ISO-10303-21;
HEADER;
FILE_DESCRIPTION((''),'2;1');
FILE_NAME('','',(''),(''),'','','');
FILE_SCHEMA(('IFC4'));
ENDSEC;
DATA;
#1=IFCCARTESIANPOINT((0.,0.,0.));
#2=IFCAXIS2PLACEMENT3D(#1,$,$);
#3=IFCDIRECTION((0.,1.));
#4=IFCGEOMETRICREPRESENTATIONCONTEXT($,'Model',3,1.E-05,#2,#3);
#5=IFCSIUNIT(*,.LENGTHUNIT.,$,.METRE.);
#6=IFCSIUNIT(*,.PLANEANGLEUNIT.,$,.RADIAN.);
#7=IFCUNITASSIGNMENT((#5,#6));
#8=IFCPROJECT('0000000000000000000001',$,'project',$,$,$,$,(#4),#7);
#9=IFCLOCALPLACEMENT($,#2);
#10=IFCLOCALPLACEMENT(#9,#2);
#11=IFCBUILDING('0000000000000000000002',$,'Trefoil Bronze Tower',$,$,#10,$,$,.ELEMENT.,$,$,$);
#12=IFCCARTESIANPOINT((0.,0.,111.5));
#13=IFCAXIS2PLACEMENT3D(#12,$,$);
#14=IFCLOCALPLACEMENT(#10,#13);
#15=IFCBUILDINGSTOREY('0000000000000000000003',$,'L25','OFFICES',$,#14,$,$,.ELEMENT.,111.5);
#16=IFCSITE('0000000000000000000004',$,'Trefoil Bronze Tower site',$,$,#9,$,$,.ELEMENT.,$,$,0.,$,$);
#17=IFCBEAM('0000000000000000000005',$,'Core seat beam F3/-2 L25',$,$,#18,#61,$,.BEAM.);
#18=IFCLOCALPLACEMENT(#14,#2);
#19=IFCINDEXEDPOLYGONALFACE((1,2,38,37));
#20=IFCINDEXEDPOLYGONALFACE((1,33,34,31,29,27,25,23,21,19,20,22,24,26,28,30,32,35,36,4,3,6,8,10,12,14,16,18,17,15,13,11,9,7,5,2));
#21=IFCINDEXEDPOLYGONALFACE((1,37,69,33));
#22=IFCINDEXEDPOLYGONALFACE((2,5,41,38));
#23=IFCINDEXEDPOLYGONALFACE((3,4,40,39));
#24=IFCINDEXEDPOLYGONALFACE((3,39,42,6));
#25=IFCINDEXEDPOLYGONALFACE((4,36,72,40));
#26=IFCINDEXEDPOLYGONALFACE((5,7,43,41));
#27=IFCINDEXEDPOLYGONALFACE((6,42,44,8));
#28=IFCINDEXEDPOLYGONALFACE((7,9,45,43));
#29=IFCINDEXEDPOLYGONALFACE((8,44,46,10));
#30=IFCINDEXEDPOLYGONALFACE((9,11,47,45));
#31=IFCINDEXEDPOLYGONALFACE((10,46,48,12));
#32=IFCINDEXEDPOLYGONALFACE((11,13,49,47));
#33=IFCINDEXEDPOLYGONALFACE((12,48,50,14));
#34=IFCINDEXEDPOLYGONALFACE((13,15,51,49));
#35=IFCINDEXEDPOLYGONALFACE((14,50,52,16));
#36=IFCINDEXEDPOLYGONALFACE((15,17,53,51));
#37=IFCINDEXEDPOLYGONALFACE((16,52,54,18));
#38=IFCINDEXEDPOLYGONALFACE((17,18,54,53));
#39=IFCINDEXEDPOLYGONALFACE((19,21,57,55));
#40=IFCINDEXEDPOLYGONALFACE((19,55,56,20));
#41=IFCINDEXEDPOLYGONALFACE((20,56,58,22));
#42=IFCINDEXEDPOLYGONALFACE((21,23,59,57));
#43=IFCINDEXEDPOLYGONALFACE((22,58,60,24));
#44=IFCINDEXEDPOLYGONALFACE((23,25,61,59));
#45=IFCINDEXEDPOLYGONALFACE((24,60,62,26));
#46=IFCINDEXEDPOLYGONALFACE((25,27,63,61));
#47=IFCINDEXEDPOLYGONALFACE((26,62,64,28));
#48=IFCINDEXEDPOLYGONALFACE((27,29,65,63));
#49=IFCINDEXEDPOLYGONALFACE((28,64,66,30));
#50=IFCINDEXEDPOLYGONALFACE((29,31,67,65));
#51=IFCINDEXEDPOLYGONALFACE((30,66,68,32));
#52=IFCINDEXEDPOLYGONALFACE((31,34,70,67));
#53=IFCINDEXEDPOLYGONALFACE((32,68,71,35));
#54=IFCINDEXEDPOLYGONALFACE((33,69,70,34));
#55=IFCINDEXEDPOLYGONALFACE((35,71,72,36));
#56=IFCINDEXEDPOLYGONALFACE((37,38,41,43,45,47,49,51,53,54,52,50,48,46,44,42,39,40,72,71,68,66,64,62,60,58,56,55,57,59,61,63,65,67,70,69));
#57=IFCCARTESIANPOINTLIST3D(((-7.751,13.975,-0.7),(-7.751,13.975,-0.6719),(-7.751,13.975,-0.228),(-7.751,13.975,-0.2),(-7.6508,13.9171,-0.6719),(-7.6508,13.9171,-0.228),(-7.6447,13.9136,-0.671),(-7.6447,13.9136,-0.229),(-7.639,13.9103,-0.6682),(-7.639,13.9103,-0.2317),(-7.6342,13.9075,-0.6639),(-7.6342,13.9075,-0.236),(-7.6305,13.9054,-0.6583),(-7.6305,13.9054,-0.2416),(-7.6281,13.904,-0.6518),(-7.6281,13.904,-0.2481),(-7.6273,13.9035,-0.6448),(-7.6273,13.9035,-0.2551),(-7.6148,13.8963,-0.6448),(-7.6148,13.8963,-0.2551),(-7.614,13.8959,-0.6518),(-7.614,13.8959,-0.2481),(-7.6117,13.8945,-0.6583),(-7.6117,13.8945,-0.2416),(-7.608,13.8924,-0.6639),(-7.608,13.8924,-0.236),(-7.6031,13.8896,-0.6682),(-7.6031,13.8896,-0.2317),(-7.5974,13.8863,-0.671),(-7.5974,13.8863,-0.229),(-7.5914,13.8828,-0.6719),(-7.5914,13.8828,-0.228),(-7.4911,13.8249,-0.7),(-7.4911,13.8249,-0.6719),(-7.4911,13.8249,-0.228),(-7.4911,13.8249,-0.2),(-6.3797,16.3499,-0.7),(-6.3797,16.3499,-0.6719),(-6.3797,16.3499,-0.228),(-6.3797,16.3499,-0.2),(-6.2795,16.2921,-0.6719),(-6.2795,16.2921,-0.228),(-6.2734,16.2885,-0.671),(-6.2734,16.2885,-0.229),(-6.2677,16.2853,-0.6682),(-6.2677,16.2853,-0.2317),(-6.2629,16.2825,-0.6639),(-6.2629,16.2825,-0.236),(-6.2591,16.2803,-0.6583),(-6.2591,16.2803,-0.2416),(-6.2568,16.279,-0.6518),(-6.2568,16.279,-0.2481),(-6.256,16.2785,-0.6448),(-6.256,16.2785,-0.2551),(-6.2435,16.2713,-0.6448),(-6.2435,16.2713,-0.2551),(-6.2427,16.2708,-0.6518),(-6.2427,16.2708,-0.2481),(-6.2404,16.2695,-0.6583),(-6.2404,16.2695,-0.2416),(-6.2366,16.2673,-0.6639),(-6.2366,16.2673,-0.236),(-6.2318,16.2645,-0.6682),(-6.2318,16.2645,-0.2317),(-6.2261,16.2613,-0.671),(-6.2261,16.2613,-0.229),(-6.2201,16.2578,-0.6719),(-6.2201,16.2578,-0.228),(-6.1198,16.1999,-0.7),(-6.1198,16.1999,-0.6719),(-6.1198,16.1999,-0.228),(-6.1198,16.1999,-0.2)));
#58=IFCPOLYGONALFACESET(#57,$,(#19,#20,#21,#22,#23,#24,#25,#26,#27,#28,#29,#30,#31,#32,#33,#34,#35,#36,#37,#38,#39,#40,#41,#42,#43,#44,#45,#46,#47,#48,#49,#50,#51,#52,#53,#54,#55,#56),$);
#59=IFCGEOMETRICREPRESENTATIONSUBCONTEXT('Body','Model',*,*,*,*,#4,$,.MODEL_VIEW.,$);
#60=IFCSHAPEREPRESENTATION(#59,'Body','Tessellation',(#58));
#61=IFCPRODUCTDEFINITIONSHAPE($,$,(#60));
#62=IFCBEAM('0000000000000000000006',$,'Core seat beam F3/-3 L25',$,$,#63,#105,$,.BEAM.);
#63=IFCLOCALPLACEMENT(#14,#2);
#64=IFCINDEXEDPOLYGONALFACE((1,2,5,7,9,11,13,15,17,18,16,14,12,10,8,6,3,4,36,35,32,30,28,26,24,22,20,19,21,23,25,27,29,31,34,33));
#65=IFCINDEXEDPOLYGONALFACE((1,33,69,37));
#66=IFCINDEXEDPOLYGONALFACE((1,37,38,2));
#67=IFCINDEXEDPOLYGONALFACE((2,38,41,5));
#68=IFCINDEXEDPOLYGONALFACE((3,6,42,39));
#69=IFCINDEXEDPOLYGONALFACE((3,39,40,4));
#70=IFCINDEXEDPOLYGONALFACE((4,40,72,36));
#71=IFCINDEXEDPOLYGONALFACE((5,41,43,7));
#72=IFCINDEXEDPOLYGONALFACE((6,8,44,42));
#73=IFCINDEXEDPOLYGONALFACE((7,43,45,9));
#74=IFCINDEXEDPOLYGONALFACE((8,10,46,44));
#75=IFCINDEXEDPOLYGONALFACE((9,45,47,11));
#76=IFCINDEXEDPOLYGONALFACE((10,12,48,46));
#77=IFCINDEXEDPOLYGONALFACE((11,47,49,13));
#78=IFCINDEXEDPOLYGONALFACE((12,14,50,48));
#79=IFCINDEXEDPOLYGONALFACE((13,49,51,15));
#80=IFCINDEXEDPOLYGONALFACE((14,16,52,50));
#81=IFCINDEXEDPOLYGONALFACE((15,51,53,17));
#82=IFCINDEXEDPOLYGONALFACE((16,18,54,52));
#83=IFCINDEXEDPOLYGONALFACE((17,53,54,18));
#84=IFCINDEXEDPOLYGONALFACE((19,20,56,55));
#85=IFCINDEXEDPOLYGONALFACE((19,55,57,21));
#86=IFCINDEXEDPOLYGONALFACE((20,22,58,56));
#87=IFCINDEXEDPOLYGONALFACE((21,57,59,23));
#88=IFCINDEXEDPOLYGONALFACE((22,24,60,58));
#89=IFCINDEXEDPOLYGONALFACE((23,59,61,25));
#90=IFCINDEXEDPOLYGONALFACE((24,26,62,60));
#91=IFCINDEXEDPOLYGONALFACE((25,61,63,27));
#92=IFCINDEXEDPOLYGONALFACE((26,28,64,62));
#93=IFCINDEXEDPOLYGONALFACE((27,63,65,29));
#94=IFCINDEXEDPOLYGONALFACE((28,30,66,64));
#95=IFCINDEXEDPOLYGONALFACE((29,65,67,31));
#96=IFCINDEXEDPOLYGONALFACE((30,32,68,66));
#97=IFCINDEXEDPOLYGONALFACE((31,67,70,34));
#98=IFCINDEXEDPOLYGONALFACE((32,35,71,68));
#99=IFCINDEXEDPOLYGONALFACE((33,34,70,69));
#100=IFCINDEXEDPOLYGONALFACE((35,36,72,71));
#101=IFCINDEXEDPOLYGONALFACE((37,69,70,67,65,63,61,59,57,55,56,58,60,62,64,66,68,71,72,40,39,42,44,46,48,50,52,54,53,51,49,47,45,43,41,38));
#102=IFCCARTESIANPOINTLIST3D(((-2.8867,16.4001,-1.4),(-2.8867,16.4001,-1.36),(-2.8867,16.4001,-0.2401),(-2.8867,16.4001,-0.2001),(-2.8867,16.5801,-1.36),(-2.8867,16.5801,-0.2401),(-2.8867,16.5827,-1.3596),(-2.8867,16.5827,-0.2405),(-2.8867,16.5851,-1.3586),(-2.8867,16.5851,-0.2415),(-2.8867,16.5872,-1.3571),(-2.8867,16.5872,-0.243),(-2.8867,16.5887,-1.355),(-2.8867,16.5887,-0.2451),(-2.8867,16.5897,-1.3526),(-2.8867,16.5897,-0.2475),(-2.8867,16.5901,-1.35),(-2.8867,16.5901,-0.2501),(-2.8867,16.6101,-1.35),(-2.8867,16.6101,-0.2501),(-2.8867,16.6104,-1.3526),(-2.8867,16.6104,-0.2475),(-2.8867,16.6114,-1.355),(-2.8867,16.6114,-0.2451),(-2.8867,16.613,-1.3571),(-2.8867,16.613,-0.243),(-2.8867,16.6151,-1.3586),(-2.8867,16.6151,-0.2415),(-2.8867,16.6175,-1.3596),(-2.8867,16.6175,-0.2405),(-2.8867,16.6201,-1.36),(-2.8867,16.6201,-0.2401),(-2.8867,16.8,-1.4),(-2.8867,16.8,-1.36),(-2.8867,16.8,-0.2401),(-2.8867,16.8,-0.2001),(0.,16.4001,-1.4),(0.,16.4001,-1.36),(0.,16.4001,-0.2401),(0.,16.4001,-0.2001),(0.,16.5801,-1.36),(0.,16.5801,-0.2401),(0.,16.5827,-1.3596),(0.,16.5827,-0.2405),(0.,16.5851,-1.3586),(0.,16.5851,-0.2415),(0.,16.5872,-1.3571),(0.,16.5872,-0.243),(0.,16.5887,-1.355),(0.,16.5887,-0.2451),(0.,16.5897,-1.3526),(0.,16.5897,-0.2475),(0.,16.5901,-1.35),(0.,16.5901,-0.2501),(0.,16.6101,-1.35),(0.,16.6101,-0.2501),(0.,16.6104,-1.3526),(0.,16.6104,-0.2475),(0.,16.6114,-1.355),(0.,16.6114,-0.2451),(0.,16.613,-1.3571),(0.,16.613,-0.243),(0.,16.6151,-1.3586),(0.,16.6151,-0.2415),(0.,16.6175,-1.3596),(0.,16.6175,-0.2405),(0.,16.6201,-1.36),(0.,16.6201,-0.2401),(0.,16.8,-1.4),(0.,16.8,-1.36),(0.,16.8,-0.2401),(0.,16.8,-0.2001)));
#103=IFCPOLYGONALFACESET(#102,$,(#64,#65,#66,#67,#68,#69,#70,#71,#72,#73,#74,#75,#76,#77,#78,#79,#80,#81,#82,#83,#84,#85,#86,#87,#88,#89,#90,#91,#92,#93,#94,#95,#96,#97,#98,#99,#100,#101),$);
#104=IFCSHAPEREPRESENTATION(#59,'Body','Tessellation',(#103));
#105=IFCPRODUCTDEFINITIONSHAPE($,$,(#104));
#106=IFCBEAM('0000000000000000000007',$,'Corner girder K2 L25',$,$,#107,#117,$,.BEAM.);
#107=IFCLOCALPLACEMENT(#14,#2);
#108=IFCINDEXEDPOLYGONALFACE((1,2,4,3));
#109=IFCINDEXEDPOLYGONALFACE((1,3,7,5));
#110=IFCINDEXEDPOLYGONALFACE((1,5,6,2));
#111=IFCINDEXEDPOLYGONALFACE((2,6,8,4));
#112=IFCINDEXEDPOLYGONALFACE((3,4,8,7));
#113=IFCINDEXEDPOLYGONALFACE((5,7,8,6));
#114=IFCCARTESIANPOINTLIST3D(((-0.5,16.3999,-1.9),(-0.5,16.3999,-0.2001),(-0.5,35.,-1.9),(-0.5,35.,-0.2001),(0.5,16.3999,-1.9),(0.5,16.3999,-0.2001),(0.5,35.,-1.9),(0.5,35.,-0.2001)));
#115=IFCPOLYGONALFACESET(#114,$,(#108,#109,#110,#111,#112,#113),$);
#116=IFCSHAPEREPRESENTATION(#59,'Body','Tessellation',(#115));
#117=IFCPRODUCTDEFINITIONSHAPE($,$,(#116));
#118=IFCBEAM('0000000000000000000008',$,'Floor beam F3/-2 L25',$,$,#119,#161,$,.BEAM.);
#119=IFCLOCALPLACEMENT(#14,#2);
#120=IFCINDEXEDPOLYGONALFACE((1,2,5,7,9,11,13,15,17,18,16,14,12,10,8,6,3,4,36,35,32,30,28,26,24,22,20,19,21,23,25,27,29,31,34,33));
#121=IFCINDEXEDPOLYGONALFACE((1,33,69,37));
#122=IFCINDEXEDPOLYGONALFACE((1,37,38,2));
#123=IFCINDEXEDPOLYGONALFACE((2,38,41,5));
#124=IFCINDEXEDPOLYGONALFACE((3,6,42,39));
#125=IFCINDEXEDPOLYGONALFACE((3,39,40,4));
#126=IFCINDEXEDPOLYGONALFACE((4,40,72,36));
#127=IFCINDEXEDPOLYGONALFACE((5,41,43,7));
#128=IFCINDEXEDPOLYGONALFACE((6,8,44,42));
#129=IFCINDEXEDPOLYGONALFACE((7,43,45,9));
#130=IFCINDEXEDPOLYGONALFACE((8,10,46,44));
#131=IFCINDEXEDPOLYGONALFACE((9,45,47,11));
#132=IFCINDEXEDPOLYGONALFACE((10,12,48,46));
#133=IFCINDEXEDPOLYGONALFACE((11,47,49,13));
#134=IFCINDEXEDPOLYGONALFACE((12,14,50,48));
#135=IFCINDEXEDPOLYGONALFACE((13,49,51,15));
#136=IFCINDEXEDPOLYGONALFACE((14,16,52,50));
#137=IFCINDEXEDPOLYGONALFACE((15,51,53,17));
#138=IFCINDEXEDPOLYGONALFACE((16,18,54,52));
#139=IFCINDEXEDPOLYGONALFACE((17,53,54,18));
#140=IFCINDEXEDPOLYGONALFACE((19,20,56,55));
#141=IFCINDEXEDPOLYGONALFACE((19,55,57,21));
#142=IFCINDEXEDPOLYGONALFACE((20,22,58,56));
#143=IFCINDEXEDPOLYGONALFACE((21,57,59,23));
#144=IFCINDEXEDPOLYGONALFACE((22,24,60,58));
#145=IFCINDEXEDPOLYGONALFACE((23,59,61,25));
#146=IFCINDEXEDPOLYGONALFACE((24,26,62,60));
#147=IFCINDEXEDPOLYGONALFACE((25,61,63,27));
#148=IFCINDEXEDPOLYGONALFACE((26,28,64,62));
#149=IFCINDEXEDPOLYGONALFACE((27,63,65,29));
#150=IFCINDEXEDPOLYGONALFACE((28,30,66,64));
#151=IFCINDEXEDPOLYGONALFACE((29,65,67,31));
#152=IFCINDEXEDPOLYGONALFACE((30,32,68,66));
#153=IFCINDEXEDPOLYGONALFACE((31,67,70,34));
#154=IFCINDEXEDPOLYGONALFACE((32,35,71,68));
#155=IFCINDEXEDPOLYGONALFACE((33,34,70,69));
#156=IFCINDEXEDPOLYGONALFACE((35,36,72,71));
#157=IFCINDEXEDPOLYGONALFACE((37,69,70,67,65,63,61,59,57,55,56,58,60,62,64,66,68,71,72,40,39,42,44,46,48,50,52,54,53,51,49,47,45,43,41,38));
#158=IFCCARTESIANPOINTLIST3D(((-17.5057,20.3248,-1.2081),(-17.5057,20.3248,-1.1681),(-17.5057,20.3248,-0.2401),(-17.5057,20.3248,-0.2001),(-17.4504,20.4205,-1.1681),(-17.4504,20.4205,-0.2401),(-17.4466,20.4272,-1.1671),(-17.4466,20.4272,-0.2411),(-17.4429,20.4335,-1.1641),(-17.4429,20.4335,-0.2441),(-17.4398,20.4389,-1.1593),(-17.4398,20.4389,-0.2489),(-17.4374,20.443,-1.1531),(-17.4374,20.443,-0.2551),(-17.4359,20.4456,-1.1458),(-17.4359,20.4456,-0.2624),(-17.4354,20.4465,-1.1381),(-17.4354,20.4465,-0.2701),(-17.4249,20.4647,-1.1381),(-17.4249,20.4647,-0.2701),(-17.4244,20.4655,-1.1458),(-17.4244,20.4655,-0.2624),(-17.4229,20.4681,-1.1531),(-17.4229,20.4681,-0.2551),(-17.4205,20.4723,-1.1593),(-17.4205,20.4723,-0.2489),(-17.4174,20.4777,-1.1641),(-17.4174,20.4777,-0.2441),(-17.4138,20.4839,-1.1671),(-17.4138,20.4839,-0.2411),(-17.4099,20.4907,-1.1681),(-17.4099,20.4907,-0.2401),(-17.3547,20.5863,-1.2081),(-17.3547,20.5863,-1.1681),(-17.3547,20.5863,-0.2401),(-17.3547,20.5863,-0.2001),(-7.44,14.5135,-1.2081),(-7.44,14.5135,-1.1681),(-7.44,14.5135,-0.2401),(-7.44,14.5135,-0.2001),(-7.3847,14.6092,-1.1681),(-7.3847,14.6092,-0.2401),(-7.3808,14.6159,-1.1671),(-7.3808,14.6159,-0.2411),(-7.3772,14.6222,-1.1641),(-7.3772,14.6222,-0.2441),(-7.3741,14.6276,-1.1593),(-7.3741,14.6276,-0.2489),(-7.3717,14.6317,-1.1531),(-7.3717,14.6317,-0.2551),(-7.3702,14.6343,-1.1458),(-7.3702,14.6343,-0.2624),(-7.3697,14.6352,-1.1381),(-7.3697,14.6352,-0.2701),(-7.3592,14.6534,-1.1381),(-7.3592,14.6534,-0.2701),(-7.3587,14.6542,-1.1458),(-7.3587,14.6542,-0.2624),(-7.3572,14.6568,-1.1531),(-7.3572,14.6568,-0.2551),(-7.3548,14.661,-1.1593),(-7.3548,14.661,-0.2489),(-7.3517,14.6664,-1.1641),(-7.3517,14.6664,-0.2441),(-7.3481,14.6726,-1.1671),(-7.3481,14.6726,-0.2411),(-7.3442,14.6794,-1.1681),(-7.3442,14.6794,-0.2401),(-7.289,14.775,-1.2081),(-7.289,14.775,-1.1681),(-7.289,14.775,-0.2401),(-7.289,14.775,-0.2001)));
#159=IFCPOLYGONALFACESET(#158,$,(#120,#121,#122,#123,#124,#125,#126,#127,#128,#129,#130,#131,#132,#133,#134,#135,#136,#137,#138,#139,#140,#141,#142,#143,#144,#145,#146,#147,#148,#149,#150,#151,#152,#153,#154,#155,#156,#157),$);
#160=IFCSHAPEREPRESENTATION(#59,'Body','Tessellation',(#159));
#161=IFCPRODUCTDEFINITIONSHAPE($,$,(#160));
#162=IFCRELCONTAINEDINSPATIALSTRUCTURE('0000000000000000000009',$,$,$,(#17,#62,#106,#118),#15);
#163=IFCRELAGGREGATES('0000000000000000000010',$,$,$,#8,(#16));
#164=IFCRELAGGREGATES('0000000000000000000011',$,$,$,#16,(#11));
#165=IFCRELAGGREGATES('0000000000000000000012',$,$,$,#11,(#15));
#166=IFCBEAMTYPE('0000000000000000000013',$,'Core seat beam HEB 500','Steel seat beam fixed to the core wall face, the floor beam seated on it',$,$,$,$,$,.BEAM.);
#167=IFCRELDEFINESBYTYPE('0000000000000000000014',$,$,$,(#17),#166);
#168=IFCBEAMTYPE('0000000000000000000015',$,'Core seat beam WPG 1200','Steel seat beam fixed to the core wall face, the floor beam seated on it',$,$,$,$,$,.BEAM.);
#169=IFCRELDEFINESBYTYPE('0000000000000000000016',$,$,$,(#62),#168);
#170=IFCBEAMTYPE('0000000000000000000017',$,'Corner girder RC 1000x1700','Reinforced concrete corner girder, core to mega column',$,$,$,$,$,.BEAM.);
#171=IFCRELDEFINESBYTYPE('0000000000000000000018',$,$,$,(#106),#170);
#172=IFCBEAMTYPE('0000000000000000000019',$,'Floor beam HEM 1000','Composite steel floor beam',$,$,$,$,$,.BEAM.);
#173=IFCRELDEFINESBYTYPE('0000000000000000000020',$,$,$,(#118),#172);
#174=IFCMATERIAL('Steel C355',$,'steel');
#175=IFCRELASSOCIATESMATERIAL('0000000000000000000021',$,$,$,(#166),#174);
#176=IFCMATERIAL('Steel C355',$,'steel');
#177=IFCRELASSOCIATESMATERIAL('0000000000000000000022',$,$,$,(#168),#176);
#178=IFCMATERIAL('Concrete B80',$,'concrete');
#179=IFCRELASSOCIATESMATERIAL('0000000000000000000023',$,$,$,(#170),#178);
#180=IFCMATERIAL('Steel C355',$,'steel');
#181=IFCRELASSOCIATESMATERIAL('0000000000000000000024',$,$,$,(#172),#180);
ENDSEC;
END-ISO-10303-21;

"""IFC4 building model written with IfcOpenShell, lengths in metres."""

from ifc_helpers import new_model, si_unit, direction, frame, origin, origin_2d, place, context, subcontext, project, spatial, rectangle, i_section, extrude, material, material_profile, profile_set, type_object, element, save


model = new_model("IFC4")

# Units and contexts
model_context = context("Model", 3, precision=1e-05, world=origin(), true_north=direction((0.0, 1.0)))
body_context = subcontext(model_context, "Body", "Model", "MODEL_VIEW")
ifc_project = project(units=[si_unit("LENGTHUNIT", "METRE"), si_unit("PLANEANGLEUNIT", "RADIAN")], contexts=[model_context])

# Site, building, storey
site_placement = place(None, origin())
site = spatial("IfcSite", under=ifc_project, at=site_placement, Name="Trefoil Bronze Tower site", CompositionType="ELEMENT", RefElevation=0.0)
building_placement = place(site_placement, origin())
building = spatial("IfcBuilding", under=site, at=building_placement, Name="Trefoil Bronze Tower", CompositionType="ELEMENT")
storey_placement = place(building_placement, frame((0.0, 0.0, 111.5)))
storey = spatial("IfcBuildingStorey", under=building, at=storey_placement, Name="L25", Description="OFFICES", CompositionType="ELEMENT", Elevation=111.5)

# Beams
ifc_material_1 = material(Name="Steel C355", Category="steel")
ifc_material_profile_1 = material_profile(ifc_material_1, i_section(OverallWidth=0.3, OverallDepth=0.5, WebThickness=0.0144, FlangeThickness=0.0281, FilletRadius=0.0271, at=origin_2d()), Name="HEB 500")
ifc_profile_set_1 = profile_set([ifc_material_profile_1], Name="Steel C355")
beam_type_1 = type_object("IfcBeamType", Name="Core seat beam HEB 500", Description="Steel seat beam fixed to the core wall face, the floor beam seated on it", PredefinedType="BEAM", material=ifc_profile_set_1)
beam_1_placement = place(storey_placement, frame((-6.2498, 16.2749, -0.45), z_axis=(-0.500036, -0.866005, 0.0), x_axis=(0.866005, -0.500036, 0.0)))
element("IfcBeam", 1, at=beam_1_placement, inside=storey, type_object=beam_type_1, Name="Core seat beam F3/-2 L25", PredefinedType="BEAM", context=body_context, shape_type="SweptSolid", body=[
    extrude(i_section(OverallWidth=0.3, OverallDepth=0.5, WebThickness=0.0144, FlangeThickness=0.0281, FilletRadius=0.0271, at=origin_2d()), origin(), (0.0, 0.0, 1.0), 2.7424),
])
ifc_material_2 = material(Name="Steel C355", Category="steel")
ifc_material_profile_2 = material_profile(ifc_material_2, i_section(OverallWidth=0.3999, OverallDepth=1.2, WebThickness=0.02, FlangeThickness=0.04, FilletRadius=0.01, at=origin_2d()), Name="WPG 1200")
ifc_profile_set_2 = profile_set([ifc_material_profile_2], Name="Steel C355")
beam_type_2 = type_object("IfcBeamType", Name="Core seat beam WPG 1200", Description="Steel seat beam fixed to the core wall face, the floor beam seated on it", PredefinedType="BEAM", material=ifc_profile_set_2)
beam_2_placement = place(storey_placement, frame((0.0, 16.6001, -0.8), z_axis=(-1.0, 0.0, 0.0), x_axis=(0.0, -1.0, 0.0)))
element("IfcBeam", 2, at=beam_2_placement, inside=storey, type_object=beam_type_2, Name="Core seat beam F3/-3 L25", PredefinedType="BEAM", context=body_context, shape_type="SweptSolid", body=[
    extrude(i_section(OverallWidth=0.3999, OverallDepth=1.2, WebThickness=0.02, FlangeThickness=0.04, FilletRadius=0.01, at=origin_2d()), origin(), (0.0, 0.0, 1.0), 2.8867),
])
ifc_material_3 = material(Name="Concrete B80", Category="concrete")
ifc_material_profile_3 = material_profile(ifc_material_3, rectangle(XDim=1.0, YDim=1.7, at=origin_2d()), Name="RC 1000x1700")
ifc_profile_set_3 = profile_set([ifc_material_profile_3], Name="Concrete B80")
beam_type_3 = type_object("IfcBeamType", Name="Corner girder RC 1000x1700", Description="Reinforced concrete corner girder, core to mega column", PredefinedType="BEAM", material=ifc_profile_set_3)
beam_3_placement = place(storey_placement, frame((0.0, 16.3999, -1.05), z_axis=(0.0, 1.0, 0.0), x_axis=(-1.0, 0.0, 0.0)))
element("IfcBeam", 3, at=beam_3_placement, inside=storey, type_object=beam_type_3, Name="Corner girder K2 L25", PredefinedType="BEAM", context=body_context, shape_type="SweptSolid", body=[
    extrude(rectangle(XDim=1.0, YDim=1.7, at=origin_2d()), origin(), (0.0, 0.0, 1.0), 18.6001),
])
ifc_material_4 = material(Name="Steel C355", Category="steel")
ifc_material_profile_4 = material_profile(ifc_material_4, i_section(OverallWidth=0.302, OverallDepth=1.0081, WebThickness=0.021, FlangeThickness=0.04, FilletRadius=0.03, at=origin_2d()), Name="HEM 1000")
ifc_profile_set_4 = profile_set([ifc_material_profile_4], Name="Steel C355")
beam_type_4 = type_object("IfcBeamType", Name="Floor beam HEM 1000", Description="Composite steel floor beam", PredefinedType="BEAM", material=ifc_profile_set_4)
beam_4_placement = place(storey_placement, frame((-17.4302, 20.4556, -0.7041), z_axis=(0.866031, -0.499991, 0.0), x_axis=(0.499991, 0.866031, 0.0)))
element("IfcBeam", 4, at=beam_4_placement, inside=storey, type_object=beam_type_4, Name="Floor beam F3/-2 L25", PredefinedType="BEAM", context=body_context, shape_type="SweptSolid", body=[
    extrude(i_section(OverallWidth=0.302, OverallDepth=1.0081, WebThickness=0.021, FlangeThickness=0.04, FilletRadius=0.03, at=origin_2d()), origin(), (0.0, 0.0, 1.0), 11.6228),
])

save(model, "model.ifc")
